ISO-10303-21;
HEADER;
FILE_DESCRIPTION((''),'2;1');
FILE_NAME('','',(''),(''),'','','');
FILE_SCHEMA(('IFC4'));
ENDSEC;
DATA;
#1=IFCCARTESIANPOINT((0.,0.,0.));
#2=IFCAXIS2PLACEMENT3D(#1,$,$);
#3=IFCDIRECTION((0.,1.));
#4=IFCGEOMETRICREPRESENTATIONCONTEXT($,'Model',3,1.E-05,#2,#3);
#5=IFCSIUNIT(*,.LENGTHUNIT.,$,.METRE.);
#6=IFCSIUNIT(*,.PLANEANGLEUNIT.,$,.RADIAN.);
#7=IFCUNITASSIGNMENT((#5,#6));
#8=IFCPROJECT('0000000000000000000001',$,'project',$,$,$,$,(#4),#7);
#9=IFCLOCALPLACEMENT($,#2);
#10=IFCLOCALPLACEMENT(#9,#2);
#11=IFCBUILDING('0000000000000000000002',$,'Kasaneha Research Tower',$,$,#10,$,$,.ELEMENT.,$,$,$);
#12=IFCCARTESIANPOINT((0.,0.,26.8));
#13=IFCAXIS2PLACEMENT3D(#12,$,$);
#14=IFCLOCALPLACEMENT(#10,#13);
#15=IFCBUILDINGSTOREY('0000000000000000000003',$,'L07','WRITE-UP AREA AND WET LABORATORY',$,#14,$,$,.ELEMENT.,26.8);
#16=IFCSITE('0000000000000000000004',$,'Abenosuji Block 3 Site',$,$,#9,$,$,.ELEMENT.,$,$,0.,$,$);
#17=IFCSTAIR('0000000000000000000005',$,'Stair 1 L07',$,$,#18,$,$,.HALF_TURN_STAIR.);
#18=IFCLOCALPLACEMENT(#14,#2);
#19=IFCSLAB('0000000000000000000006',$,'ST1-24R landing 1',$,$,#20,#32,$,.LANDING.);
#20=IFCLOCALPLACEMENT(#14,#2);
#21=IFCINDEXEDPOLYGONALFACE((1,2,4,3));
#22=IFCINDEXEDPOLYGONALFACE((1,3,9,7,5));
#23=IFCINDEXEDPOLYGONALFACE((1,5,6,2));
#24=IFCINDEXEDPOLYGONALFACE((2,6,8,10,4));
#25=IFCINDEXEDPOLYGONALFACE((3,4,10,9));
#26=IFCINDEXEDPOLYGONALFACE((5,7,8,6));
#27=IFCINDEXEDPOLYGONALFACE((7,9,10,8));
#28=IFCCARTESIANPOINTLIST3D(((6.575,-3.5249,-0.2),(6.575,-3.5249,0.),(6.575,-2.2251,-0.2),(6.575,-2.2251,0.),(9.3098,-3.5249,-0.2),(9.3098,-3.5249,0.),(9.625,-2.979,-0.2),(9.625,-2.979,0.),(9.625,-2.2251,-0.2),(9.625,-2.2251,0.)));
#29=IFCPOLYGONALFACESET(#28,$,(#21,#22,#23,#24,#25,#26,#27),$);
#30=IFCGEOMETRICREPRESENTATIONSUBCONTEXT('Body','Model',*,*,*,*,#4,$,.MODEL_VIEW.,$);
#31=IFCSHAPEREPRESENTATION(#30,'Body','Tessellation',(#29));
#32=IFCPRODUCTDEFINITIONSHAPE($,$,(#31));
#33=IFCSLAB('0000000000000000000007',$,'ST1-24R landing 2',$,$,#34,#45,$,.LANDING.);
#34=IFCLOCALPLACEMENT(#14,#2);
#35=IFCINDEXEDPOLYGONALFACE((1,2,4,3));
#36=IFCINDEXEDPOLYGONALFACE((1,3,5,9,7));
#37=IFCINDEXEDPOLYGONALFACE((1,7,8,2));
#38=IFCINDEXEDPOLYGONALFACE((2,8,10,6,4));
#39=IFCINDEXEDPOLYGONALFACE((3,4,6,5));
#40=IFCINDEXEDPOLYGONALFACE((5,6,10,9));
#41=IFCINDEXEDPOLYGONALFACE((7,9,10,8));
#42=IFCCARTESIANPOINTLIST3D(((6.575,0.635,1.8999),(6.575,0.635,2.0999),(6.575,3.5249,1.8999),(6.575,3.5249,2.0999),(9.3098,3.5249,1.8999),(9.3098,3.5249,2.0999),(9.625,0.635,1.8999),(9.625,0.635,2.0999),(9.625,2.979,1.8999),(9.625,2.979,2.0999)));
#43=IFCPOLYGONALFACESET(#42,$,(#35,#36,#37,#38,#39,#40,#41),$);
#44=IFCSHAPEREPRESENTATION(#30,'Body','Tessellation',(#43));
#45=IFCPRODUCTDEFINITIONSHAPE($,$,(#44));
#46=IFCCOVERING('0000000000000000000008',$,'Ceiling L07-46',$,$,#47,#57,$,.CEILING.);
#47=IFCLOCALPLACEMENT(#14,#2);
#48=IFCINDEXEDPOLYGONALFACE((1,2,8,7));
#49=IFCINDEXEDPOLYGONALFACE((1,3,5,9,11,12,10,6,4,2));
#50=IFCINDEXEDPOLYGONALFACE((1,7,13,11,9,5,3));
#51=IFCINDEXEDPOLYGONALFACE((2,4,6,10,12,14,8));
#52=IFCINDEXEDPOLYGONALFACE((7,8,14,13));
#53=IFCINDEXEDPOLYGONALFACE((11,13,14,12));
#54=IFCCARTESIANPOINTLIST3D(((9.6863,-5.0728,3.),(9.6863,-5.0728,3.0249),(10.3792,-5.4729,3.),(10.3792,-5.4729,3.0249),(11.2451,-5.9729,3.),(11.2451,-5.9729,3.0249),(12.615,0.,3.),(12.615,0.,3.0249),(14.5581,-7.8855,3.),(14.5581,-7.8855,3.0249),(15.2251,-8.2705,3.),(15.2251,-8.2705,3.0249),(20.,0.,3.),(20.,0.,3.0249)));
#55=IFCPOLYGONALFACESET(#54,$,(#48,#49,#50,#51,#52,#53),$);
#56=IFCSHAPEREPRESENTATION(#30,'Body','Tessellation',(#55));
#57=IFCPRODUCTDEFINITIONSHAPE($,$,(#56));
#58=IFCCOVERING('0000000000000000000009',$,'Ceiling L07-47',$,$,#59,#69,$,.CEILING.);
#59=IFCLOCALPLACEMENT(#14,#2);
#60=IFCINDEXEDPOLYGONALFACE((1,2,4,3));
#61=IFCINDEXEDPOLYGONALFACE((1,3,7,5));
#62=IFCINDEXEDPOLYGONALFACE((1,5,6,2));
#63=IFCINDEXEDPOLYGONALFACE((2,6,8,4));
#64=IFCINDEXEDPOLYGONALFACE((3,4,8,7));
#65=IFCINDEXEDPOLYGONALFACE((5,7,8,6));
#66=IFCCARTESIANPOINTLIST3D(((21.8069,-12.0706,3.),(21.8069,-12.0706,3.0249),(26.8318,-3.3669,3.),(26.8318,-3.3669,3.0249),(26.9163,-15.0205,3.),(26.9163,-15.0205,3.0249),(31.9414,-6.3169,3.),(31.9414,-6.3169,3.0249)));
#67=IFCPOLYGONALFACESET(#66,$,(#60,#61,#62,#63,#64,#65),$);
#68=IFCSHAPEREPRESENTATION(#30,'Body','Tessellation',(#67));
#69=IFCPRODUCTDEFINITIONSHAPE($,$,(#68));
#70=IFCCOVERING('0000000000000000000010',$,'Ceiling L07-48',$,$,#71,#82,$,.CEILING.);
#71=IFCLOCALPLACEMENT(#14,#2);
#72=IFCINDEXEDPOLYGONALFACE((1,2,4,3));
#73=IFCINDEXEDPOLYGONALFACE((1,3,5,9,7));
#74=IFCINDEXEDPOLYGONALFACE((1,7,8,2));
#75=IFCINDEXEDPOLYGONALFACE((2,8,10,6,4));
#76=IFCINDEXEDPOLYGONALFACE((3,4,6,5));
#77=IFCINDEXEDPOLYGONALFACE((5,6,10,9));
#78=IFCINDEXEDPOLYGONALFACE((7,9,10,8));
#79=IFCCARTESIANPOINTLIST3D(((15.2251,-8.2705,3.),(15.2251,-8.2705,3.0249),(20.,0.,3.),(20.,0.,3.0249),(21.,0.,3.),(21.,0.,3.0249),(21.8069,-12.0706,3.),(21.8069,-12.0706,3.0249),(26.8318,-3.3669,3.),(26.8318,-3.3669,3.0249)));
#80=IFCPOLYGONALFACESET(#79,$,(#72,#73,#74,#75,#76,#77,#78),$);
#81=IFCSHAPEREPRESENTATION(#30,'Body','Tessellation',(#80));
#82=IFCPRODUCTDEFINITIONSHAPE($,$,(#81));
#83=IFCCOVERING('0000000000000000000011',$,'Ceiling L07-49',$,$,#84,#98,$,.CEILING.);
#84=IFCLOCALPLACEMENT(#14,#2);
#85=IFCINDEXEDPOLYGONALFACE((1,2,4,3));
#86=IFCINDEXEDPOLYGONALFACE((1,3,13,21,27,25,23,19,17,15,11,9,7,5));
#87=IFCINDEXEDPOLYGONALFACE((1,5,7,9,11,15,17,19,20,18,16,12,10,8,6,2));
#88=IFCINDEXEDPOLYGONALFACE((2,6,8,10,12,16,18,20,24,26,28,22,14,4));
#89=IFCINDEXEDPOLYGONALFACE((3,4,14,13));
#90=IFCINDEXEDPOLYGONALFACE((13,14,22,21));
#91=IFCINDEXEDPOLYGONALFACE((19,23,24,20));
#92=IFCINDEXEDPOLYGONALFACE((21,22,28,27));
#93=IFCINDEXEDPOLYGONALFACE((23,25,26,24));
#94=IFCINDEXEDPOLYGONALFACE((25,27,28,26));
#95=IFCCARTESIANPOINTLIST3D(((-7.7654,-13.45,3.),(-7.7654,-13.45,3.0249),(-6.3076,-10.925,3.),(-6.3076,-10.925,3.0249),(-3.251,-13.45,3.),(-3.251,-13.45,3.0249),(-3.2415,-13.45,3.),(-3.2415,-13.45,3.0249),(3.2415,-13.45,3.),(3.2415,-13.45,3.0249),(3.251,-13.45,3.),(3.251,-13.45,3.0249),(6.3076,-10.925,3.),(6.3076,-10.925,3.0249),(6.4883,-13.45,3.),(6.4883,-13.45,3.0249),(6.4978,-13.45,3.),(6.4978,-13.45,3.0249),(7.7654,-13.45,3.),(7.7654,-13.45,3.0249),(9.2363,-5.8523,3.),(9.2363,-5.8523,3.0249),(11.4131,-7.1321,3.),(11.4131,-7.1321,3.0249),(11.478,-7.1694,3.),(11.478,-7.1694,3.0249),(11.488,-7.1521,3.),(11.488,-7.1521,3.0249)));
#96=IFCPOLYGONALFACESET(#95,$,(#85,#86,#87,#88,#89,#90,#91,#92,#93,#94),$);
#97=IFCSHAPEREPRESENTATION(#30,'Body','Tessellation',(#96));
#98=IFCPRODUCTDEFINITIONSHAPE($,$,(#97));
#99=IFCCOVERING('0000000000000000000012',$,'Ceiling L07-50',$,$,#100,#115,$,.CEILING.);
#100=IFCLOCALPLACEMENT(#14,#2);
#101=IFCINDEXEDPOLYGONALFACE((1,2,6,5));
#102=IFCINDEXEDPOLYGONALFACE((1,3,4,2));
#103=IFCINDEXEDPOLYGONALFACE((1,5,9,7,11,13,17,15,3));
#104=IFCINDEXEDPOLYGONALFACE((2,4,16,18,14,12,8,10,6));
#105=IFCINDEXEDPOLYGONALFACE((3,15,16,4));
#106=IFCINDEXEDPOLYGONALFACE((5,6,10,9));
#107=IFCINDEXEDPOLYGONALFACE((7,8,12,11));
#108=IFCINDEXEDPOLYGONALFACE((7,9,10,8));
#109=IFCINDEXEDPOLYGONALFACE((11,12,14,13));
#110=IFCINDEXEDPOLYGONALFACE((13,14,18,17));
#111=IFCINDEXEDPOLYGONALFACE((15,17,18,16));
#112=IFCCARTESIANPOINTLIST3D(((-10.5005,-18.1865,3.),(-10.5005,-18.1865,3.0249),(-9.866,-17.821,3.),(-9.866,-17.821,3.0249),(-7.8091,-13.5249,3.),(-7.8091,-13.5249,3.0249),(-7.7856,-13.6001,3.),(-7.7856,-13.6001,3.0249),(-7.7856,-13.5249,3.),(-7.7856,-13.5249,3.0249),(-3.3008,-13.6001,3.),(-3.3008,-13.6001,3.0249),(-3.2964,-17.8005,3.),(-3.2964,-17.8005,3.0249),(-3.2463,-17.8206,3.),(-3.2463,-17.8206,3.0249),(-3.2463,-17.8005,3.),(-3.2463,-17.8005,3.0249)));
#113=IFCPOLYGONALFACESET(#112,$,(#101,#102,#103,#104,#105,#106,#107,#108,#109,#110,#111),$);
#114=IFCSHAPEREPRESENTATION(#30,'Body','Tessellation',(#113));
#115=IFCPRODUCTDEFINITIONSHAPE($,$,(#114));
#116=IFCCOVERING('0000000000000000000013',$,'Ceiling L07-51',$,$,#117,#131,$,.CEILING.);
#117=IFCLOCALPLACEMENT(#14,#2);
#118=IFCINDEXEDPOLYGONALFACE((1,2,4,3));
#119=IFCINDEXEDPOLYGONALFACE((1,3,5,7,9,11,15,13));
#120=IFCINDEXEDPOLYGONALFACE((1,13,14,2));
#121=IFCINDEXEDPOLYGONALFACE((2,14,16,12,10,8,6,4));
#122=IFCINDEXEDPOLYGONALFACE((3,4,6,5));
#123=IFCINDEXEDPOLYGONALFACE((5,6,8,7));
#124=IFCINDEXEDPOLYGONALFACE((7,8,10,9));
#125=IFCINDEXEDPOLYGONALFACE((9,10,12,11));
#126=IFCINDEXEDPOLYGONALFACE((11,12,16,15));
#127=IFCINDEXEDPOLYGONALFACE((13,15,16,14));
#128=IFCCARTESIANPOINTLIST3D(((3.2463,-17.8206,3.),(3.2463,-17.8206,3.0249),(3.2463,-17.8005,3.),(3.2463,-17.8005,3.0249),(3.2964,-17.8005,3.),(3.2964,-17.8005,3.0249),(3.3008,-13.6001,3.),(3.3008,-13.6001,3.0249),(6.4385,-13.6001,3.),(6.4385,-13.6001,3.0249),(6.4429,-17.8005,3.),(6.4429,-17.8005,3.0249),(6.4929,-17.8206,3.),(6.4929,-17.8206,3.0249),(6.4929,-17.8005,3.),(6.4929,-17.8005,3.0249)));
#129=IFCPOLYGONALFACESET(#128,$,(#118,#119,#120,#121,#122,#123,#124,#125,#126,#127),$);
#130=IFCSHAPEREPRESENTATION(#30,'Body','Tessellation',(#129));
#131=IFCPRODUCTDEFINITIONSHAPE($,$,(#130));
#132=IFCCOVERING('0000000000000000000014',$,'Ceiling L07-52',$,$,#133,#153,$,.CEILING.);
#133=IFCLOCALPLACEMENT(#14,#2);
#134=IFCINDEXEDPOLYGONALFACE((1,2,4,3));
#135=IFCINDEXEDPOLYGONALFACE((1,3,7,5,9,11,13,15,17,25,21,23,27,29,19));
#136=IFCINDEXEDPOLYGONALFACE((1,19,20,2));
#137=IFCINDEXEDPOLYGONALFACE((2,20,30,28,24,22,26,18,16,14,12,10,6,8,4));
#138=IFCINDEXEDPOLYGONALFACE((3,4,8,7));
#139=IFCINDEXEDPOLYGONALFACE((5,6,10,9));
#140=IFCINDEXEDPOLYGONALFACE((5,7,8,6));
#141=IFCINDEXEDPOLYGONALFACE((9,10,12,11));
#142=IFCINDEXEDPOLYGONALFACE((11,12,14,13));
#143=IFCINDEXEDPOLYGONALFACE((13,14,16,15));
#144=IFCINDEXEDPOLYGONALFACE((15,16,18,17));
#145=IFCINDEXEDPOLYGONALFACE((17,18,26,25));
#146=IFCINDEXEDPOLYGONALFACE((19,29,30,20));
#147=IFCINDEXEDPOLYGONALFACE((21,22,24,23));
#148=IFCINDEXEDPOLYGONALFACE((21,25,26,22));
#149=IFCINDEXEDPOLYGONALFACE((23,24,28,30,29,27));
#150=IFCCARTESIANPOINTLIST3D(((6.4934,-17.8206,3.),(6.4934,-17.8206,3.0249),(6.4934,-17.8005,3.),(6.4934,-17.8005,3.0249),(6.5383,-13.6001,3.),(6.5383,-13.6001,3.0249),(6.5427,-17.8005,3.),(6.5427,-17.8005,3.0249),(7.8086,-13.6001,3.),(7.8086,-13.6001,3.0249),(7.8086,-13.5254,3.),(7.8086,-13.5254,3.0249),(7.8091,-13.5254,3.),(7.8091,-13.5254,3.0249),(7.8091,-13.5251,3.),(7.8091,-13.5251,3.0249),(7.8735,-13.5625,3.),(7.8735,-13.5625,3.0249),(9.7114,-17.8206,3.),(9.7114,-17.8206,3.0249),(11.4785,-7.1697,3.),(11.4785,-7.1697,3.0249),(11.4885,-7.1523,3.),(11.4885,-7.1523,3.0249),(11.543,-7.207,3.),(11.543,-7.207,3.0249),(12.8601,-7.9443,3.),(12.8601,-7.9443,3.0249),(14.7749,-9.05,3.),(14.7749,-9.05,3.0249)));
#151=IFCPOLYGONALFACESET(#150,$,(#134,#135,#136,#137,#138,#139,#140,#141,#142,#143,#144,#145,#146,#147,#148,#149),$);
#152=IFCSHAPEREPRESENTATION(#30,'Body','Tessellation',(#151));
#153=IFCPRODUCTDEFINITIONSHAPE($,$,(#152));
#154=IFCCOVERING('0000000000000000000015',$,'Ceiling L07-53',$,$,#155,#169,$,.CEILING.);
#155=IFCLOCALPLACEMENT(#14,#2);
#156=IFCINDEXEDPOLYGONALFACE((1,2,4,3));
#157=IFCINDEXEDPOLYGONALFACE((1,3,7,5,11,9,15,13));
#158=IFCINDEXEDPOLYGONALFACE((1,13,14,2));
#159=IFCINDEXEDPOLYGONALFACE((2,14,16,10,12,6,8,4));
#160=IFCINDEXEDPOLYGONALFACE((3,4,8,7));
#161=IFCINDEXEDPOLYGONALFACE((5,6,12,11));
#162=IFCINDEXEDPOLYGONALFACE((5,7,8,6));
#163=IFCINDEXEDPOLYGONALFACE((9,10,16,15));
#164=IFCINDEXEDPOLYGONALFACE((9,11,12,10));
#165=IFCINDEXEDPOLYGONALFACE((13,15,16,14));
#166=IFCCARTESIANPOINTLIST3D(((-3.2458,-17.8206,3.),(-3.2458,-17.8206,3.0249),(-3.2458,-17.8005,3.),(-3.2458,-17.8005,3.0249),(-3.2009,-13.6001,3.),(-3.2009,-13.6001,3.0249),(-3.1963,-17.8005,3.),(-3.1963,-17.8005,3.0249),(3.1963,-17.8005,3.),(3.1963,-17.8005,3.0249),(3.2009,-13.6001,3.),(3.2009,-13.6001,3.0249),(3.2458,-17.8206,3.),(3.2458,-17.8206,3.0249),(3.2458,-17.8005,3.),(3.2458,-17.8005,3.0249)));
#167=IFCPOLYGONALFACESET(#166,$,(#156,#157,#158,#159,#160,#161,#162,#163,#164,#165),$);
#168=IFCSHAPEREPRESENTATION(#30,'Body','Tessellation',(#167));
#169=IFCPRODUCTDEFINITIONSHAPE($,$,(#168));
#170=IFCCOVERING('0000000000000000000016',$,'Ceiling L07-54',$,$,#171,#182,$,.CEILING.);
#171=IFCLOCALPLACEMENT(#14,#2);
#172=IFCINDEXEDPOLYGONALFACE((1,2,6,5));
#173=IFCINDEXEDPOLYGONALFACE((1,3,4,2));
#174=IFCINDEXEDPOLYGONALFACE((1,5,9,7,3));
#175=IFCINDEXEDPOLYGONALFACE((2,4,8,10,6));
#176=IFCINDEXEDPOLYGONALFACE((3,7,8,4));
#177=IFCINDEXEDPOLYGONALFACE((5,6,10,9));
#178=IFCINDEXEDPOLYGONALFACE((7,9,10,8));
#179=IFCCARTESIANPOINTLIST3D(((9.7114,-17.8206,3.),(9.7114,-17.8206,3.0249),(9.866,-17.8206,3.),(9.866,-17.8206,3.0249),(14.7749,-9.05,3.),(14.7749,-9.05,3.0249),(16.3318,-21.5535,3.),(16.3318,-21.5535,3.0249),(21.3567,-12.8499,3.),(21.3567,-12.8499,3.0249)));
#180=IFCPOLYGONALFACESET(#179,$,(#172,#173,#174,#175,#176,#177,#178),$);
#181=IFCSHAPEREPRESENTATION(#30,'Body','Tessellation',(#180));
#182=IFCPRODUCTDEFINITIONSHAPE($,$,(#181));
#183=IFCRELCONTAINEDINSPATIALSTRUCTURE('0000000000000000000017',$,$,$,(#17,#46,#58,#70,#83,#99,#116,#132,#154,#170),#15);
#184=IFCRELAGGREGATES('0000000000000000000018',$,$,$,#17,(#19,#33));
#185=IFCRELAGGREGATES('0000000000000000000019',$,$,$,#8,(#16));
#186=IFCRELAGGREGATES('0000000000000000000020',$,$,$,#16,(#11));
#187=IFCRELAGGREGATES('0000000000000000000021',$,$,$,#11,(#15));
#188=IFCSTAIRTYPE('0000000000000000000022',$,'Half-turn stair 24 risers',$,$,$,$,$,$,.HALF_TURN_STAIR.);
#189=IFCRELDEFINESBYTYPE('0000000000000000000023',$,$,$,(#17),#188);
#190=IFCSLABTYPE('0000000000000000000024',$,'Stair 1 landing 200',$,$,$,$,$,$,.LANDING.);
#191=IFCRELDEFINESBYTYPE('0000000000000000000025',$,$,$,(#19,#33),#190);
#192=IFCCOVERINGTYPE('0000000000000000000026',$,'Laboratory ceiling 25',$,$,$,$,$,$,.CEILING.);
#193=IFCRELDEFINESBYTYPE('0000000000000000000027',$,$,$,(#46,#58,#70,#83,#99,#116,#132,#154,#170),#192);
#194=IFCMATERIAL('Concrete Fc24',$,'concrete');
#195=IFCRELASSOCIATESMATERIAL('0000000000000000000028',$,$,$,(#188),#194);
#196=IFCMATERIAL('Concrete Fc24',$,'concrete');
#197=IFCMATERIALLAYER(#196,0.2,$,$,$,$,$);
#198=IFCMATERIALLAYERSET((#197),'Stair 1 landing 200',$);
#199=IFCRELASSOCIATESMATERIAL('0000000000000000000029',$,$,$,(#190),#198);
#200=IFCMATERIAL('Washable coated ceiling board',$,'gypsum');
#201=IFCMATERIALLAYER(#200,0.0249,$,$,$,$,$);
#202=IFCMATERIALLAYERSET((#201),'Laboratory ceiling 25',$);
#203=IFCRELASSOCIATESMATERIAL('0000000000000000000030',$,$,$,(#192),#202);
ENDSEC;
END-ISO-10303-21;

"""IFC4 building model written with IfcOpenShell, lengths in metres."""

from ifc_helpers import new_model, si_unit, direction, frame, origin, place, context, subcontext, project, spatial, polyline, outline, extrude, material, layer, layer_set, type_object, element, aggregate, save


model = new_model("IFC4")

# Units and contexts
model_context = context("Model", 3, precision=1e-05, world=origin(), true_north=direction((0.0, 1.0)))
body_context = subcontext(model_context, "Body", "Model", "MODEL_VIEW")
ifc_project = project(units=[si_unit("LENGTHUNIT", "METRE"), si_unit("PLANEANGLEUNIT", "RADIAN")], contexts=[model_context])

# Site, building, storey
site_placement = place(None, origin())
site = spatial("IfcSite", under=ifc_project, at=site_placement, Name="Abenosuji Block 3 Site", CompositionType="ELEMENT", RefElevation=0.0)
building_placement = place(site_placement, origin())
building = spatial("IfcBuilding", under=site, at=building_placement, Name="Kasaneha Research Tower", CompositionType="ELEMENT")
storey_placement = place(building_placement, frame((0.0, 0.0, 26.8)))
storey = spatial("IfcBuildingStorey", under=building, at=storey_placement, Name="L07", Description="WRITE-UP AREA AND WET LABORATORY", CompositionType="ELEMENT", Elevation=26.8)

# Stair, slabs
ifc_material_1 = material(Name="Concrete Fc24", Category="concrete")
stair_type = type_object("IfcStairType", Name="Half-turn stair 24 risers", PredefinedType="HALF_TURN_STAIR", material=ifc_material_1)
stair_placement = place(storey_placement, origin())
stair = element("IfcStair", 1, at=stair_placement, inside=storey, type_object=stair_type, Name="Stair 1 L07", PredefinedType="HALF_TURN_STAIR")
ifc_material_2 = material(Name="Concrete Fc24", Category="concrete")
ifc_layer_1 = layer(ifc_material_2, 0.2)
ifc_layer_set_1 = layer_set([ifc_layer_1], Name="Stair 1 landing 200")
slab_type = type_object("IfcSlabType", Name="Stair 1 landing 200", PredefinedType="LANDING", material=ifc_layer_set_1)
slab_1_placement = place(storey_placement, frame((0.0, 0.0, -0.2)))
slab_1 = element("IfcSlab", 2, at=slab_1_placement, type_object=slab_type, Name="ST1-24R landing 1", PredefinedType="LANDING", context=body_context, shape_type="SweptSolid", body=[
    extrude(outline(polyline([(9.3098, -3.5249), (6.575, -3.5249), (6.575, -2.2251), (9.625, -2.2251), (9.625, -2.979), (9.3098, -3.5249)])), origin(), (0.0, 0.0, 1.0), 0.2),
])
slab_2_placement = place(storey_placement, frame((0.0, 0.0, 1.8999)))
slab_2 = element("IfcSlab", 3, at=slab_2_placement, type_object=slab_type, Name="ST1-24R landing 2", PredefinedType="LANDING", context=body_context, shape_type="SweptSolid", body=[
    extrude(outline(polyline([(6.575, 3.5249), (9.3098, 3.5249), (9.625, 2.979), (9.625, 0.635), (6.575, 0.635), (6.575, 3.5249)])), origin(), (0.0, 0.0, 1.0), 0.2),
])
aggregate(stair, [slab_1, slab_2])

# Coverings
ifc_material_3 = material(Name="Washable coated ceiling board", Category="gypsum")
ifc_layer_2 = layer(ifc_material_3, 0.0249)
ifc_layer_set_2 = layer_set([ifc_layer_2], Name="Laboratory ceiling 25")
covering_type_1 = type_object("IfcCoveringType", Name="Laboratory ceiling 25", PredefinedType="CEILING", material=ifc_layer_set_2)
covering_1_placement = place(storey_placement, frame((0.0, 0.0, 3.0)))
element("IfcCovering", 4, at=covering_1_placement, inside=storey, type_object=covering_type_1, Name="Ceiling L07-46", PredefinedType="CEILING", context=body_context, shape_type="SweptSolid", body=[
    extrude(outline(polyline([(11.2451, -5.9729), (10.3792, -5.4729), (9.6863, -5.0728), (12.615, 0.0), (20.0, 0.0), (15.2251, -8.2705), (14.5581, -7.8855), (11.2451, -5.9729)])), origin(), (0.0, 0.0, 1.0), 0.0249),
])
covering_2_placement = place(storey_placement, frame((0.0, 0.0, 3.0)))
element("IfcCovering", 5, at=covering_2_placement, inside=storey, type_object=covering_type_1, Name="Ceiling L07-47", PredefinedType="CEILING", context=body_context, shape_type="SweptSolid", body=[
    extrude(outline(polyline([(26.8318, -3.3669), (31.9414, -6.3169), (26.9163, -15.0205), (21.8069, -12.0706), (26.8318, -3.3669)])), origin(), (0.0, 0.0, 1.0), 0.0249),
])
covering_3_placement = place(storey_placement, frame((0.0, 0.0, 3.0)))
element("IfcCovering", 6, at=covering_3_placement, inside=storey, type_object=covering_type_1, Name="Ceiling L07-48", PredefinedType="CEILING", context=body_context, shape_type="SweptSolid", body=[
    extrude(outline(polyline([(20.0, 0.0), (21.0, 0.0), (26.8318, -3.3669), (21.8069, -12.0706), (15.2251, -8.2705), (20.0, 0.0)])), origin(), (0.0, 0.0, 1.0), 0.0249),
])
covering_4_placement = place(storey_placement, frame((0.0, 0.0, 3.0)))
element("IfcCovering", 7, at=covering_4_placement, inside=storey, type_object=covering_type_1, Name="Ceiling L07-49", PredefinedType="CEILING", context=body_context, shape_type="SweptSolid", body=[
    extrude(outline(polyline([(-6.3076, -10.925), (6.3076, -10.925), (9.2363, -5.8523), (11.488, -7.1521), (11.478, -7.1694), (11.4131, -7.1321), (7.7654, -13.45), (6.4978, -13.45), (6.4883, -13.45), (3.251, -13.45), (3.2415, -13.45), (-3.2415, -13.45), (-3.251, -13.45), (-7.7654, -13.45), (-6.3076, -10.925)])), origin(), (0.0, 0.0, 1.0), 0.0249),
])
covering_5_placement = place(storey_placement, frame((0.0, 0.0, 3.0)))
element("IfcCovering", 8, at=covering_5_placement, inside=storey, type_object=covering_type_1, Name="Ceiling L07-50", PredefinedType="CEILING", context=body_context, shape_type="SweptSolid", body=[
    extrude(outline(polyline([(-10.5005, -18.1865), (-7.8091, -13.5249), (-7.7856, -13.5249), (-7.7856, -13.6001), (-3.3008, -13.6001), (-3.2964, -17.8005), (-3.2463, -17.8005), (-3.2463, -17.8206), (-9.866, -17.821), (-10.5005, -18.1865)])), origin(), (0.0, 0.0, 1.0), 0.0249),
])
covering_6_placement = place(storey_placement, frame((0.0, 0.0, 3.0)))
element("IfcCovering", 9, at=covering_6_placement, inside=storey, type_object=covering_type_1, Name="Ceiling L07-51", PredefinedType="CEILING", context=body_context, shape_type="SweptSolid", body=[
    extrude(outline(polyline([(3.2463, -17.8005), (3.2964, -17.8005), (3.3008, -13.6001), (6.4385, -13.6001), (6.4429, -17.8005), (6.4929, -17.8005), (6.4929, -17.8206), (3.2463, -17.8206), (3.2463, -17.8005)])), origin(), (0.0, 0.0, 1.0), 0.0249),
])
covering_7_placement = place(storey_placement, frame((0.0, 0.0, 3.0)))
element("IfcCovering", 10, at=covering_7_placement, inside=storey, type_object=covering_type_1, Name="Ceiling L07-52", PredefinedType="CEILING", context=body_context, shape_type="SweptSolid", body=[
    extrude(outline(polyline([(7.8091, -13.5254), (7.8091, -13.5251), (7.8735, -13.5625), (11.543, -7.207), (11.4785, -7.1697), (11.4885, -7.1523), (12.8601, -7.9443), (14.7749, -9.05), (9.7114, -17.8206), (6.4934, -17.8206), (6.4934, -17.8005), (6.5427, -17.8005), (6.5383, -13.6001), (7.8086, -13.6001), (7.8086, -13.5254), (7.8091, -13.5254)])), origin(), (0.0, 0.0, 1.0), 0.0249),
])
covering_8_placement = place(storey_placement, frame((0.0, 0.0, 3.0)))
element("IfcCovering", 11, at=covering_8_placement, inside=storey, type_object=covering_type_1, Name="Ceiling L07-53", PredefinedType="CEILING", context=body_context, shape_type="SweptSolid", body=[
    extrude(outline(polyline([(3.2458, -17.8206), (-3.2458, -17.8206), (-3.2458, -17.8005), (-3.1963, -17.8005), (-3.2009, -13.6001), (3.2009, -13.6001), (3.1963, -17.8005), (3.2458, -17.8005), (3.2458, -17.8206)])), origin(), (0.0, 0.0, 1.0), 0.0249),
])
covering_9_placement = place(storey_placement, frame((0.0, 0.0, 3.0)))
element("IfcCovering", 12, at=covering_9_placement, inside=storey, type_object=covering_type_1, Name="Ceiling L07-54", PredefinedType="CEILING", context=body_context, shape_type="SweptSolid", body=[
    extrude(outline(polyline([(14.7749, -9.05), (21.3567, -12.8499), (16.3318, -21.5535), (9.866, -17.8206), (9.7114, -17.8206), (14.7749, -9.05)])), origin(), (0.0, 0.0, 1.0), 0.0249),
])

save(model, "model.ifc")
